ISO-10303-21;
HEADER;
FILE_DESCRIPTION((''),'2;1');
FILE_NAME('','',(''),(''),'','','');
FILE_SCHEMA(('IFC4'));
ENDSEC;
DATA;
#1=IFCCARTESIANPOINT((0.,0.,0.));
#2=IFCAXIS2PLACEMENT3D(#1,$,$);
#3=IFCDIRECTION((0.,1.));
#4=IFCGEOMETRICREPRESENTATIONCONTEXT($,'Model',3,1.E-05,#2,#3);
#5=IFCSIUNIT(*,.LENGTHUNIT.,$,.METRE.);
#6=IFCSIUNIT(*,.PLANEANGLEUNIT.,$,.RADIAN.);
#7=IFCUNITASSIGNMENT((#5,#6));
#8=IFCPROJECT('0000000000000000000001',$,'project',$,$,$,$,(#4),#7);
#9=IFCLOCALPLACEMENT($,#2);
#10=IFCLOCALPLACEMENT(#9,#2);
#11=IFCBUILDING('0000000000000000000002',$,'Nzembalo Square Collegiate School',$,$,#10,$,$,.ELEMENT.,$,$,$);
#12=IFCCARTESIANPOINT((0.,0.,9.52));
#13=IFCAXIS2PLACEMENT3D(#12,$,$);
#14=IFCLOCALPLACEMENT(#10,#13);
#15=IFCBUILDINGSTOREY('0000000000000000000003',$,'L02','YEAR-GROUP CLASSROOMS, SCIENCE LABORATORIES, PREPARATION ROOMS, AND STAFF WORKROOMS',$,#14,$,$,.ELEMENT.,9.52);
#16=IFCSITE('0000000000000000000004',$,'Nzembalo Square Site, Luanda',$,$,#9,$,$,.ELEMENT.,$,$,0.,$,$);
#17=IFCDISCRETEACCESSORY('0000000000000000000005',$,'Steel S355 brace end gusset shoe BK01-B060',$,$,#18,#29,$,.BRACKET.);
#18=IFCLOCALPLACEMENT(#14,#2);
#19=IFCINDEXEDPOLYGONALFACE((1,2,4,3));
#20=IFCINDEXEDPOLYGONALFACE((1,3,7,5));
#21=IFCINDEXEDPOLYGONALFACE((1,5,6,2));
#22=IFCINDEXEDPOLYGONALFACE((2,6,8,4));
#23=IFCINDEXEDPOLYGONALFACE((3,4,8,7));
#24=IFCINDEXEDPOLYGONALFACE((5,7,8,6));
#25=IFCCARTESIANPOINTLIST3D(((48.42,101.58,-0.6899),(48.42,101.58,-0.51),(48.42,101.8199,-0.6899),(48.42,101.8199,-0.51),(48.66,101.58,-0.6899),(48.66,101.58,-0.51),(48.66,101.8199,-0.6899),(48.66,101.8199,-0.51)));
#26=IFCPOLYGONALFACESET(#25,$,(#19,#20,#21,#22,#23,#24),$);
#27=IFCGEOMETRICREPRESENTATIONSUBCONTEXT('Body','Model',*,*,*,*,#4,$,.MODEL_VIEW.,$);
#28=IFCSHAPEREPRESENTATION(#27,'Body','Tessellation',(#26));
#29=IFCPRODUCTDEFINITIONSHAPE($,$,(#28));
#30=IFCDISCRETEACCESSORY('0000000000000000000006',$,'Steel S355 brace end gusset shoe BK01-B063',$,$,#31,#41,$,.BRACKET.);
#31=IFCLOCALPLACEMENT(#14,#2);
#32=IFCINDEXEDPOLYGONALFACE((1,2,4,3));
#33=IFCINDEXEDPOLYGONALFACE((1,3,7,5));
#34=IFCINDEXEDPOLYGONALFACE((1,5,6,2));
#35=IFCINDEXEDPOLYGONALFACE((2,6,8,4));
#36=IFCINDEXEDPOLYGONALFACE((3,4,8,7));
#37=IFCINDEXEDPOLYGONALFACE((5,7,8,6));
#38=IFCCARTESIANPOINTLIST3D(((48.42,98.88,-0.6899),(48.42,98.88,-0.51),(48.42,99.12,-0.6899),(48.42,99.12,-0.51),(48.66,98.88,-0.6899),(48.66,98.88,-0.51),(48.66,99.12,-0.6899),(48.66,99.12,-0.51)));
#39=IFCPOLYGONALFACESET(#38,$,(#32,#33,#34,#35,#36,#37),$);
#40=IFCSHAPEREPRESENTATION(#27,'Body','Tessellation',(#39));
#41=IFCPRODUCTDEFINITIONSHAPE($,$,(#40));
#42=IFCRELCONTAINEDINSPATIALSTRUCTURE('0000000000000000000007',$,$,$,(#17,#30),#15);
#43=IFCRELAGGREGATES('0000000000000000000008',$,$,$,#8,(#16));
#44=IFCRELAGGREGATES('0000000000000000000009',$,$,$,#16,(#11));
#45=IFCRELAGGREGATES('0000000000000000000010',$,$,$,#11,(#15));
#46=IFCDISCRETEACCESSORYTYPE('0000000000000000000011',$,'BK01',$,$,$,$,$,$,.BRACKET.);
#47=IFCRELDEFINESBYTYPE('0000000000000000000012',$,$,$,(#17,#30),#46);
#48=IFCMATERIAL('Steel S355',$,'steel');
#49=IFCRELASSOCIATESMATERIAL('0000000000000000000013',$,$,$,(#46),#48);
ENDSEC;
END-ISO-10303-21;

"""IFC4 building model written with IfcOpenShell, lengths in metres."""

from ifc_helpers import new_model, si_unit, direction, frame, origin, origin_2d, place, context, subcontext, project, spatial, rectangle, extrude, material, type_object, element, save


model = new_model("IFC4")

# Units and contexts
model_context = context("Model", 3, precision=1e-05, world=origin(), true_north=direction((0.0, 1.0)))
body_context = subcontext(model_context, "Body", "Model", "MODEL_VIEW")
ifc_project = project(units=[si_unit("LENGTHUNIT", "METRE"), si_unit("PLANEANGLEUNIT", "RADIAN")], contexts=[model_context])

# Site, building, storey
site_placement = place(None, origin())
site = spatial("IfcSite", under=ifc_project, at=site_placement, Name="Nzembalo Square Site, Luanda", CompositionType="ELEMENT", RefElevation=0.0)
building_placement = place(site_placement, origin())
building = spatial("IfcBuilding", under=site, at=building_placement, Name="Nzembalo Square Collegiate School", CompositionType="ELEMENT")
storey_placement = place(building_placement, frame((0.0, 0.0, 9.52)))
storey = spatial("IfcBuildingStorey", under=building, at=storey_placement, Name="L02", Description="YEAR-GROUP CLASSROOMS, SCIENCE LABORATORIES, PREPARATION ROOMS, AND STAFF WORKROOMS", CompositionType="ELEMENT", Elevation=9.52)

# Discrete accessories
ifc_material_1 = material(Name="Steel S355", Category="steel")
discrete_accessory_type = type_object("IfcDiscreteAccessoryType", Name="BK01", PredefinedType="BRACKET", material=ifc_material_1)
for number, where, z_axis, x_axis, name in (
    (1, (48.54, 101.7, -0.6899), (0.0, 0.0, 1.0), (1.0, 0.0, 0.0), "Steel S355 brace end gusset shoe BK01-B060"),
    (2, (48.54, 99.0, -0.6899), (0.0, 0.0, 1.0), (1.0, 0.0, 0.0), "Steel S355 brace end gusset shoe BK01-B063"),
):
    element("IfcDiscreteAccessory", number, at=place(storey_placement, frame(where, z_axis=z_axis, x_axis=x_axis)), inside=storey, type_object=discrete_accessory_type, Name=name, PredefinedType="BRACKET", context=body_context, shape_type="SweptSolid", body=[
        extrude(rectangle(XDim=0.24, YDim=0.24, at=origin_2d()), origin(), (0.0, 0.0, 1.0), 0.1799),
    ])

save(model, "model.ifc")
